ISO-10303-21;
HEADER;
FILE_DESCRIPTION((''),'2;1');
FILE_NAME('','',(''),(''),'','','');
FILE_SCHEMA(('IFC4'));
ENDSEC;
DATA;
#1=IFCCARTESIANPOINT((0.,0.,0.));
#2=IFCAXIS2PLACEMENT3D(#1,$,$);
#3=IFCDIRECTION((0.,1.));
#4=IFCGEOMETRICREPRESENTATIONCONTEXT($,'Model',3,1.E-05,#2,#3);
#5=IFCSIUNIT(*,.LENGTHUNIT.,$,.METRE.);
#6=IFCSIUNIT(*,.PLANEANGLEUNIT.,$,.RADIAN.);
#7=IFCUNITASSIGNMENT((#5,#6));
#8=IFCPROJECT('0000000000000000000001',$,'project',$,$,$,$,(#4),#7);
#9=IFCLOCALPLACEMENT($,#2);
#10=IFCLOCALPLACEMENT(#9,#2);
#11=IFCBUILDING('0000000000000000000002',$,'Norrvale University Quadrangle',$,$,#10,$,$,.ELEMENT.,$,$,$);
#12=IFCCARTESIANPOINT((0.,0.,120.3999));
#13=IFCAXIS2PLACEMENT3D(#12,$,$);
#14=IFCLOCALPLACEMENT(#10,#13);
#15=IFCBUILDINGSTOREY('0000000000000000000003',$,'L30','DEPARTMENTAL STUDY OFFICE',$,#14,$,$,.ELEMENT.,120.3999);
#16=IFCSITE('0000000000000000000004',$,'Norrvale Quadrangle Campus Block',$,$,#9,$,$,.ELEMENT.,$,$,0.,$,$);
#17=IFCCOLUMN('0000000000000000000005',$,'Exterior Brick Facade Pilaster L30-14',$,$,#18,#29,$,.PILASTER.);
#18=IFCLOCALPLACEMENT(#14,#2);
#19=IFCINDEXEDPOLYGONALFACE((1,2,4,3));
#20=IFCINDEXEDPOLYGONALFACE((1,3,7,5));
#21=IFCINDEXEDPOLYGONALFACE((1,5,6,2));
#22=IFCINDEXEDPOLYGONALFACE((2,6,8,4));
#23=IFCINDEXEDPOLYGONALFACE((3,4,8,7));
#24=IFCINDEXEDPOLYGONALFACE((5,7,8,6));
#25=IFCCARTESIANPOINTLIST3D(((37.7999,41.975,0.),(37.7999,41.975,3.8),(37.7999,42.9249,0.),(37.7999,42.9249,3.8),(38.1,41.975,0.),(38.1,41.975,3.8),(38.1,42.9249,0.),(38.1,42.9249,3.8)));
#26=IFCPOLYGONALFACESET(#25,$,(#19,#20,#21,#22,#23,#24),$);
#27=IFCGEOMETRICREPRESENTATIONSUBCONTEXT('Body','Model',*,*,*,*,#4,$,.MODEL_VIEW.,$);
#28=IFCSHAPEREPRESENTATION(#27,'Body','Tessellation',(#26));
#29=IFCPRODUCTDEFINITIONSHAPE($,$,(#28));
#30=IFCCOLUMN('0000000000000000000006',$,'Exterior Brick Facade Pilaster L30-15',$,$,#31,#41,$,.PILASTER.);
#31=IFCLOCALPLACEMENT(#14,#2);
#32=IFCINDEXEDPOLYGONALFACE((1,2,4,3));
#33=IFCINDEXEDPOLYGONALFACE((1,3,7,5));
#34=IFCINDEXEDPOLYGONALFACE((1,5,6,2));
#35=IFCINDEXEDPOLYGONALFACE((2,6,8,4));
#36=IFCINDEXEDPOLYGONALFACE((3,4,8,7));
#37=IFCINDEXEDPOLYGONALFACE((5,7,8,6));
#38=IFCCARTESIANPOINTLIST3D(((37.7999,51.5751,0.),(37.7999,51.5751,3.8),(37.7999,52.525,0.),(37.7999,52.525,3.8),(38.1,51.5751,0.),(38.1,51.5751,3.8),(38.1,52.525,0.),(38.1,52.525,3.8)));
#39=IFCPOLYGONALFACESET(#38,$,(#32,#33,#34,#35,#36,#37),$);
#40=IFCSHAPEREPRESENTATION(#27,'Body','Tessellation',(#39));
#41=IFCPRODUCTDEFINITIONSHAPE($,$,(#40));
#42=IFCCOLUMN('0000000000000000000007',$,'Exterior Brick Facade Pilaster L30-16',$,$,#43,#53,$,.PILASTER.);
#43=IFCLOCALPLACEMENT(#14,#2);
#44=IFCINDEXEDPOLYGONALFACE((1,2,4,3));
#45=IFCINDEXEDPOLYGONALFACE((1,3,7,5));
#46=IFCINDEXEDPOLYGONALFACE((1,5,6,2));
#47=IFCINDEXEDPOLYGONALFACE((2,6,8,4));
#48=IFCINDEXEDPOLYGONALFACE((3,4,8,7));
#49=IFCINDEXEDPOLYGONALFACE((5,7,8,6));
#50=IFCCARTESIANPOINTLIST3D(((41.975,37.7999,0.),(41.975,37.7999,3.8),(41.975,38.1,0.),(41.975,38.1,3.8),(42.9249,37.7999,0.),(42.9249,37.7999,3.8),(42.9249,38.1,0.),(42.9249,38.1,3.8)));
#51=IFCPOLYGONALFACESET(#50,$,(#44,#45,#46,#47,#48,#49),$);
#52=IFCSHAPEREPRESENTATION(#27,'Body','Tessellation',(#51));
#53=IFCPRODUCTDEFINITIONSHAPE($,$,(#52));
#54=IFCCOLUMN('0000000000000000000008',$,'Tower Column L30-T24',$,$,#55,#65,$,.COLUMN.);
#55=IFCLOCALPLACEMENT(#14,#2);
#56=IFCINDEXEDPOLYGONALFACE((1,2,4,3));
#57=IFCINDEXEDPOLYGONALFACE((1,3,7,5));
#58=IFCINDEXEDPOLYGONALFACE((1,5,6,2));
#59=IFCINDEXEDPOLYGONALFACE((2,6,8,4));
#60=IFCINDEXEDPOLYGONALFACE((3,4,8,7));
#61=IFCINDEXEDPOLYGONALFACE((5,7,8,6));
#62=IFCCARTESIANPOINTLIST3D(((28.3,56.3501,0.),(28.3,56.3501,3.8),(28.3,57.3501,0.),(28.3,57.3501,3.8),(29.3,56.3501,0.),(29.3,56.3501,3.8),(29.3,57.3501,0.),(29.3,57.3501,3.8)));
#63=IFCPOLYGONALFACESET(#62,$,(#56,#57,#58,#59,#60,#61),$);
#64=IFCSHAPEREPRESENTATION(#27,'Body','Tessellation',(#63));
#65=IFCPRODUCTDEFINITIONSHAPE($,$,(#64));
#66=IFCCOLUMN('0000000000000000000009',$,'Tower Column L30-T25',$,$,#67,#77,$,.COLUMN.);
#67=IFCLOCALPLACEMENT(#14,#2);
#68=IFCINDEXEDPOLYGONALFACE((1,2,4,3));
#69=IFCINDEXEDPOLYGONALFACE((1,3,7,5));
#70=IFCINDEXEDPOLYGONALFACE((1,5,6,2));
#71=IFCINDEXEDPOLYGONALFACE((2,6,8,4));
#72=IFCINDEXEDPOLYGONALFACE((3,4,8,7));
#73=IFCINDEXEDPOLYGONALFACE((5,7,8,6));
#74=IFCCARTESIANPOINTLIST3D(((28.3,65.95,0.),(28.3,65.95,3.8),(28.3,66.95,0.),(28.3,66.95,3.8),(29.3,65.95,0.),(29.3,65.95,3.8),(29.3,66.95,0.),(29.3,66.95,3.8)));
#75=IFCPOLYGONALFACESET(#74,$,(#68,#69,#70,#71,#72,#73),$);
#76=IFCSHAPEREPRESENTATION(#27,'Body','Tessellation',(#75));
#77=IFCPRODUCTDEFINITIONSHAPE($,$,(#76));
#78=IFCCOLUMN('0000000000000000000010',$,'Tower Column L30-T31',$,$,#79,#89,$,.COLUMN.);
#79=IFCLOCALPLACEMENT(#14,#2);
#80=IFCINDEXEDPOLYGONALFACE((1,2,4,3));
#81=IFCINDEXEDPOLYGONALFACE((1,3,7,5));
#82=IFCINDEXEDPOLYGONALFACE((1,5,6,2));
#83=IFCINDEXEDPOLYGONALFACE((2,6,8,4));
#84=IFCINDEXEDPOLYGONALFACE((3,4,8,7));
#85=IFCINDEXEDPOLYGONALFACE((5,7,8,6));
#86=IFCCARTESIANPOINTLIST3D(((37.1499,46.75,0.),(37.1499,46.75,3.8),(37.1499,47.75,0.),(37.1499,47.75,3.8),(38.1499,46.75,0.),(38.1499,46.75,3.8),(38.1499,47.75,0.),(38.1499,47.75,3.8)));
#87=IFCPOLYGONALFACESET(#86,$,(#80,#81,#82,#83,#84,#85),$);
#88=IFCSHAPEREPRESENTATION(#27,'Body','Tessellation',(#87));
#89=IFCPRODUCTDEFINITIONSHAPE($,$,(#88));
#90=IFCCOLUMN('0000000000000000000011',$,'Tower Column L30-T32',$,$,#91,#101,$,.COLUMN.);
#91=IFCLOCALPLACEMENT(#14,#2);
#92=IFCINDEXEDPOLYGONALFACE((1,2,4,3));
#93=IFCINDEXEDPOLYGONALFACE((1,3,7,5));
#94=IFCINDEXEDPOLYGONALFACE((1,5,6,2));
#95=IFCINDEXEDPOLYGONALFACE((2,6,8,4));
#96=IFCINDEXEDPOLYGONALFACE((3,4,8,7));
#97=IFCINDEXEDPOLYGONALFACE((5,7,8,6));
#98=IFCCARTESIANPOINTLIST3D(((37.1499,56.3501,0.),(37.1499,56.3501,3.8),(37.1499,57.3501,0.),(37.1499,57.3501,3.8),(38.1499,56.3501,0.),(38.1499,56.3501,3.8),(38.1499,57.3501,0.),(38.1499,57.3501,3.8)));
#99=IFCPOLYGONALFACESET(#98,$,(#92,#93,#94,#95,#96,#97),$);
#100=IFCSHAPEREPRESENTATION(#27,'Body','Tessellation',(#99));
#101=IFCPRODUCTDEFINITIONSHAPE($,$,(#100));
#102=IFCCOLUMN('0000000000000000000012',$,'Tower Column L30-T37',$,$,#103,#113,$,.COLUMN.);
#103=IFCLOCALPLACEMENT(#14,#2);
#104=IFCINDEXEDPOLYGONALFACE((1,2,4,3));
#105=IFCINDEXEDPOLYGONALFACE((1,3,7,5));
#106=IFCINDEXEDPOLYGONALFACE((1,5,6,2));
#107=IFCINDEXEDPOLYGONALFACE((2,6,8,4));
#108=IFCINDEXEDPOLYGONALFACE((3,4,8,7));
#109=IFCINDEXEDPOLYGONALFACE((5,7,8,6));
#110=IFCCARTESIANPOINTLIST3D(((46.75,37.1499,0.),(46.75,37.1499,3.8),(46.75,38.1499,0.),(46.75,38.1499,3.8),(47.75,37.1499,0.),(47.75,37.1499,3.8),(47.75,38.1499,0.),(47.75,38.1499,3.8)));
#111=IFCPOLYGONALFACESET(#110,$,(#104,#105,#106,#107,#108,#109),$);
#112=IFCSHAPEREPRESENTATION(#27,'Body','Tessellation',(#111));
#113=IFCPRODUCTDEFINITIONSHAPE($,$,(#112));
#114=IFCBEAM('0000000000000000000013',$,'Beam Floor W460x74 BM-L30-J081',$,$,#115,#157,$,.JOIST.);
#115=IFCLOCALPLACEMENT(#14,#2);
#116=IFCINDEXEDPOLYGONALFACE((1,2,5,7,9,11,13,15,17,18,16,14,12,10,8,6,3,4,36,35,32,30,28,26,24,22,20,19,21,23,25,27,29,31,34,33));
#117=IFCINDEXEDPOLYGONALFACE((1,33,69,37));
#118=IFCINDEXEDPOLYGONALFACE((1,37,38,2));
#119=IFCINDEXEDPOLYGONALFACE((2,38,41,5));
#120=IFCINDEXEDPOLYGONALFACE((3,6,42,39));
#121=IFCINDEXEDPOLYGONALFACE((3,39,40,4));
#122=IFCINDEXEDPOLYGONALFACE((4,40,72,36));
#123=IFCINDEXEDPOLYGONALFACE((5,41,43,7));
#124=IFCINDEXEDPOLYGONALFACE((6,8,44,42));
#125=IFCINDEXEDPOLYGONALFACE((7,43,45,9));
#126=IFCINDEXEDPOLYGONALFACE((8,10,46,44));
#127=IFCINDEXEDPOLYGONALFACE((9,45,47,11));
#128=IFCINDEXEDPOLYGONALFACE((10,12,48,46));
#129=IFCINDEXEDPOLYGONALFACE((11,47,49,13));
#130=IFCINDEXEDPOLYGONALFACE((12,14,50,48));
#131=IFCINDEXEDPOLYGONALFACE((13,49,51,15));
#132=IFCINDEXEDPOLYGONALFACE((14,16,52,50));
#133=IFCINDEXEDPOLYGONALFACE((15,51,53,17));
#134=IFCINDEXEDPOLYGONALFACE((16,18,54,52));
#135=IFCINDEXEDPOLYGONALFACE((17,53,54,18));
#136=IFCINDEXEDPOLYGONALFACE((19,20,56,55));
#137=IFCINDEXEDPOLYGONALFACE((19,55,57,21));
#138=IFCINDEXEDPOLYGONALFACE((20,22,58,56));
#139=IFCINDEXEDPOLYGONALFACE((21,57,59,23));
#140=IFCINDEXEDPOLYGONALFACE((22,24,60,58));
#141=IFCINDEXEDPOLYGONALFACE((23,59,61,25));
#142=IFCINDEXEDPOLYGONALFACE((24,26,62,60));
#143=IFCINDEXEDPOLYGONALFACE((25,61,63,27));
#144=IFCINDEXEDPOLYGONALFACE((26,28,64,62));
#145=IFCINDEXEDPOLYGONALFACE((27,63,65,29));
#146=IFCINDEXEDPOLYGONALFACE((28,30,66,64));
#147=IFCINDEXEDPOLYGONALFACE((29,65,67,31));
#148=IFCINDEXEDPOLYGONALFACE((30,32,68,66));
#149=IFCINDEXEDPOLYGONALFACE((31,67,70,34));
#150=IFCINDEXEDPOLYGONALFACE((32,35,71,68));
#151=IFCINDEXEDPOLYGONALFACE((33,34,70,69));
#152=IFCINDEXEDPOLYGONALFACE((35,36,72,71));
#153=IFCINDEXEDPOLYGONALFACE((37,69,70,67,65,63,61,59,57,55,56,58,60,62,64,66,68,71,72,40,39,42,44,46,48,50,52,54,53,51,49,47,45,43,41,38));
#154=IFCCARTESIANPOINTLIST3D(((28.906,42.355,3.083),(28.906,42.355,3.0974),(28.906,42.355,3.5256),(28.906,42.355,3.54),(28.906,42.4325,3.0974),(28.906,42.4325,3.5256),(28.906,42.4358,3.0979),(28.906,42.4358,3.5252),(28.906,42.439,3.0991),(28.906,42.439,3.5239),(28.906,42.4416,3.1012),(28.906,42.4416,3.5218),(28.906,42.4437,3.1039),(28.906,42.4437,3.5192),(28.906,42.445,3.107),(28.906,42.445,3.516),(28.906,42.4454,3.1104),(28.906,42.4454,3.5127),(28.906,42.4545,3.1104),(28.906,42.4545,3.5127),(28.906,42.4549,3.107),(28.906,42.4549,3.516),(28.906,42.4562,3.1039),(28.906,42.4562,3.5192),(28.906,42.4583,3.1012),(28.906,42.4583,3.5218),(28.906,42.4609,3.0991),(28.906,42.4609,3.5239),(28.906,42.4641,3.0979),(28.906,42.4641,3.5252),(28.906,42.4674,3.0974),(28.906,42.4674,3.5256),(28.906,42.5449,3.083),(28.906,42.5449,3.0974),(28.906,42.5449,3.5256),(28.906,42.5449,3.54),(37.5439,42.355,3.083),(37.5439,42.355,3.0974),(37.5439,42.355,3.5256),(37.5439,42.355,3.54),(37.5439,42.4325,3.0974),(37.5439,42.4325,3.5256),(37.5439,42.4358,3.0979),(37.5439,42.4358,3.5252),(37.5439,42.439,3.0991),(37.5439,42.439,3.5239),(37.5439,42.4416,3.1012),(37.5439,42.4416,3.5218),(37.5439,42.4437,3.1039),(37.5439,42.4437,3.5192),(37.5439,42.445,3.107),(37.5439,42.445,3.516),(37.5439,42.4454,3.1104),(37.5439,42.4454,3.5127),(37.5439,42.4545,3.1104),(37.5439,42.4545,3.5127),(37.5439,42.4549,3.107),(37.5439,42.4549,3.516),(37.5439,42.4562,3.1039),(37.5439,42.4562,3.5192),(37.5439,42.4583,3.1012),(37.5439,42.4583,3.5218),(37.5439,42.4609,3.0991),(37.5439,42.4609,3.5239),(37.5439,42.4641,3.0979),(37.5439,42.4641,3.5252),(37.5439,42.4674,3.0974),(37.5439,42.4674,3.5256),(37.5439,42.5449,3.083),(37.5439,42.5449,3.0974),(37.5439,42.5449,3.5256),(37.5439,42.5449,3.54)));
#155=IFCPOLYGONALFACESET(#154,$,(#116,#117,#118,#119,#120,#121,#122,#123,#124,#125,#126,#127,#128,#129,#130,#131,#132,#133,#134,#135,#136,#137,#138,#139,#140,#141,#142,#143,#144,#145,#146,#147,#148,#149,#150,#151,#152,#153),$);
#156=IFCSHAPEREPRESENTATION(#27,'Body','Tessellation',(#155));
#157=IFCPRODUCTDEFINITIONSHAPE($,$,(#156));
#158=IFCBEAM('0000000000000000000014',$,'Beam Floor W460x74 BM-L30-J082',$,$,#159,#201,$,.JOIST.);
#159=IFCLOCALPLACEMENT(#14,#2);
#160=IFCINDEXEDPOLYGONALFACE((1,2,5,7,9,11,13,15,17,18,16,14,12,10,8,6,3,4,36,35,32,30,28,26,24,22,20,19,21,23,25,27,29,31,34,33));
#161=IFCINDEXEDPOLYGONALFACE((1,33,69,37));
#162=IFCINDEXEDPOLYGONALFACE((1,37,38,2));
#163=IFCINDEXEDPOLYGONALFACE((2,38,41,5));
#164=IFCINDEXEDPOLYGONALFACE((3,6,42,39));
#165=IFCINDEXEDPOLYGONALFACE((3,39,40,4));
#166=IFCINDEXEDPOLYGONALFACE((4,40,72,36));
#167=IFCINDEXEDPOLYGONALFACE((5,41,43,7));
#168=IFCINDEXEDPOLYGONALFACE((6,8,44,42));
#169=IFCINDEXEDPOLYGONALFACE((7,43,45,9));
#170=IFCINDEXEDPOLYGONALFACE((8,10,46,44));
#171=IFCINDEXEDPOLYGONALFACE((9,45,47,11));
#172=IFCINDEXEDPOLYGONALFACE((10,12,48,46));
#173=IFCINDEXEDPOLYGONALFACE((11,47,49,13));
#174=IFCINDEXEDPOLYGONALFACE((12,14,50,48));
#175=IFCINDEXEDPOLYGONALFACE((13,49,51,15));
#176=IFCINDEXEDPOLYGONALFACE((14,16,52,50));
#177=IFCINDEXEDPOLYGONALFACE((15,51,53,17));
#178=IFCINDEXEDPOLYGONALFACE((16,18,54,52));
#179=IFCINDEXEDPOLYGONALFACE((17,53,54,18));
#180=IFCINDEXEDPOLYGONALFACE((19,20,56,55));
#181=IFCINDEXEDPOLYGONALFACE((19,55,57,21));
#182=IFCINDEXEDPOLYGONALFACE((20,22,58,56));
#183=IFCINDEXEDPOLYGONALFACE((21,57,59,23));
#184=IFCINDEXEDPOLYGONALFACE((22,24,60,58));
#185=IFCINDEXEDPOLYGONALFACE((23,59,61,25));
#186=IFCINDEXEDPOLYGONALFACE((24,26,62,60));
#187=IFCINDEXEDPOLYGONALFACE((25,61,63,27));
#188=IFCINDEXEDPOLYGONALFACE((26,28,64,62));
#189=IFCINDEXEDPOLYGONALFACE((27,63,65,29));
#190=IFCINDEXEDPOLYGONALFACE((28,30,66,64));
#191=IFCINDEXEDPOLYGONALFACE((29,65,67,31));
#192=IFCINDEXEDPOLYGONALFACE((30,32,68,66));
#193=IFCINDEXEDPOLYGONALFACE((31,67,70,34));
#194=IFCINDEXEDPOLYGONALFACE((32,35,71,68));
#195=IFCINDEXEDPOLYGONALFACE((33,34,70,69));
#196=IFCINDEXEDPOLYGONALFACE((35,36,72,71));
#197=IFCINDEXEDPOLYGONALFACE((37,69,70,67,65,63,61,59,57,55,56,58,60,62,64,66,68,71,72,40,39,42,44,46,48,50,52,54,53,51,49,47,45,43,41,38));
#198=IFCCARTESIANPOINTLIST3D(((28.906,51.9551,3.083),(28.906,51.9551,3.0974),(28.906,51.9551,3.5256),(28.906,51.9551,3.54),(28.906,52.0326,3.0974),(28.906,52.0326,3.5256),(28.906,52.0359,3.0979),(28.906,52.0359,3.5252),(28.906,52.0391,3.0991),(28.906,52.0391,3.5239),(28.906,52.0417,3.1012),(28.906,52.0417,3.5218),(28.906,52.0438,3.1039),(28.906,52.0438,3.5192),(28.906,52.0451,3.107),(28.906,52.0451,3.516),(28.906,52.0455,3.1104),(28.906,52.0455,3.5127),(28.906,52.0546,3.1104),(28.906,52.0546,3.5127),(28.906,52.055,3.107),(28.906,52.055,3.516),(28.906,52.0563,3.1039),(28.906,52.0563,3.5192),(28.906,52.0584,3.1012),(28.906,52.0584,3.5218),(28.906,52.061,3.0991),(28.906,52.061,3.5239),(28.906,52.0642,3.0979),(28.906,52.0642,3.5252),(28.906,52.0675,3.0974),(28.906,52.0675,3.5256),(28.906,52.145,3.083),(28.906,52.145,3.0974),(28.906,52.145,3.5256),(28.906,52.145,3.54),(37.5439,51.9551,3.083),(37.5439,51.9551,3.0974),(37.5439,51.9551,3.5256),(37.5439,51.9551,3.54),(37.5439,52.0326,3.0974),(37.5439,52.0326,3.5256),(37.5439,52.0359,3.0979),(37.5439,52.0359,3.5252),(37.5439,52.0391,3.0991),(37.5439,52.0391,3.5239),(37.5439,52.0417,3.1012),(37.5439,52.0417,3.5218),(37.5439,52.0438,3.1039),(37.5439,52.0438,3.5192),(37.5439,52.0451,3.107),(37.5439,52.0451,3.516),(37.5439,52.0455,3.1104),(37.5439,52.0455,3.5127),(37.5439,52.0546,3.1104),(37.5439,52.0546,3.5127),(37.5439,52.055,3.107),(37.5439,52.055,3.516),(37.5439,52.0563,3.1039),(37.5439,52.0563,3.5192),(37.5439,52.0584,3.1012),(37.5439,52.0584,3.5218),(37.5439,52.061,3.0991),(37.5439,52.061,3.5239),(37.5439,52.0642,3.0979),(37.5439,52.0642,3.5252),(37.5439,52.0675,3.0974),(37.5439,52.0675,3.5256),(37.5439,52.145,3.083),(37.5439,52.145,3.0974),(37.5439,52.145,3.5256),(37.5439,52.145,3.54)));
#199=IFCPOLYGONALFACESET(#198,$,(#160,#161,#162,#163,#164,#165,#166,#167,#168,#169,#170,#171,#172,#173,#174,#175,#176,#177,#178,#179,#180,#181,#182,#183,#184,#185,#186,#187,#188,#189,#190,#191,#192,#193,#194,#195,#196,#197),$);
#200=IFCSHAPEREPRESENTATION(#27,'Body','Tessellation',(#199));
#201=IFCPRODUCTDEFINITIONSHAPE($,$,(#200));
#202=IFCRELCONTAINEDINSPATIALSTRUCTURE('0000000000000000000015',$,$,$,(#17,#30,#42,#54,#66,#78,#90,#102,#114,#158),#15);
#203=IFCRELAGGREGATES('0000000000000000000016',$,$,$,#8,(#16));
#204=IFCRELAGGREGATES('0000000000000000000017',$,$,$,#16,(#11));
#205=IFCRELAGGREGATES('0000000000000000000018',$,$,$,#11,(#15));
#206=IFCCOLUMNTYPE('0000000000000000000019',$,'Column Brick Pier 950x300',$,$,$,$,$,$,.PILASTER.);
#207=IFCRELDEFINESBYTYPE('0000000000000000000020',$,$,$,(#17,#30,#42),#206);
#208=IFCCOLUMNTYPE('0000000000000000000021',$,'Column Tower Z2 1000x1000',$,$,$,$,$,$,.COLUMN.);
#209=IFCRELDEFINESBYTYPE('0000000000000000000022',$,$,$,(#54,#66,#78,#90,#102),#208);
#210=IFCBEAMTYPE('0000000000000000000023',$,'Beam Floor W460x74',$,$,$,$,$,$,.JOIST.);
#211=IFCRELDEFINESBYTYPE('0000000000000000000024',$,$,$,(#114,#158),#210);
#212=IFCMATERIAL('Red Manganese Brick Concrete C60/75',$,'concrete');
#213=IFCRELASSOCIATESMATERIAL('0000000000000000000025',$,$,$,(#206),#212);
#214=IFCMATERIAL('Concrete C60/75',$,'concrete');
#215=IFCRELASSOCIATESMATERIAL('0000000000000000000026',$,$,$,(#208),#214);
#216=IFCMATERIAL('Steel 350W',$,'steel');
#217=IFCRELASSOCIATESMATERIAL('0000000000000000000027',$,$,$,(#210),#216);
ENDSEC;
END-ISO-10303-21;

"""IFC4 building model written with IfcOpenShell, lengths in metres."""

from ifc_helpers import new_model, si_unit, direction, frame, origin, origin_2d, place, context, subcontext, project, spatial, rectangle, i_section, extrude, material, material_profile, profile_set, type_object, element, save


model = new_model("IFC4")

# Units and contexts
model_context = context("Model", 3, precision=1e-05, world=origin(), true_north=direction((0.0, 1.0)))
body_context = subcontext(model_context, "Body", "Model", "MODEL_VIEW")
ifc_project = project(units=[si_unit("LENGTHUNIT", "METRE"), si_unit("PLANEANGLEUNIT", "RADIAN")], contexts=[model_context])

# Site, building, storey
site_placement = place(None, origin())
site = spatial("IfcSite", under=ifc_project, at=site_placement, Name="Norrvale Quadrangle Campus Block", CompositionType="ELEMENT", RefElevation=0.0)
building_placement = place(site_placement, origin())
building = spatial("IfcBuilding", under=site, at=building_placement, Name="Norrvale University Quadrangle", CompositionType="ELEMENT")
storey_placement = place(building_placement, frame((0.0, 0.0, 120.3999)))
storey = spatial("IfcBuildingStorey", under=building, at=storey_placement, Name="L30", Description="DEPARTMENTAL STUDY OFFICE", CompositionType="ELEMENT", Elevation=120.3999)

# Columns
ifc_material_1 = material(Name="Red Manganese Brick Concrete C60/75", Category="concrete")
ifc_material_profile_1 = material_profile(ifc_material_1, rectangle(XDim=0.95, YDim=0.3, at=origin_2d()), Name="Red Manganese Brick Concrete C60/75")
ifc_profile_set_1 = profile_set([ifc_material_profile_1], Name="Red Manganese Brick Concrete C60/75")
column_type_1 = type_object("IfcColumnType", Name="Column Brick Pier 950x300", PredefinedType="PILASTER", material=ifc_profile_set_1)
for number, where, z_axis, x_axis, name in (
    (1, (37.95, 42.45, 0.0), (0.0, 0.0, 1.0), (0.0, 1.0, 0.0), "Exterior Brick Facade Pilaster L30-14"),
    (2, (37.95, 52.05, 0.0), (0.0, 0.0, 1.0), (0.0, 1.0, 0.0), "Exterior Brick Facade Pilaster L30-15"),
    (3, (42.45, 37.95, 0.0), (0.0, 0.0, 1.0), (1.0, 0.0, 0.0), "Exterior Brick Facade Pilaster L30-16"),
):
    element("IfcColumn", number, at=place(storey_placement, frame(where, z_axis=z_axis, x_axis=x_axis)), inside=storey, type_object=column_type_1, Name=name, PredefinedType="PILASTER", context=body_context, shape_type="SweptSolid", body=[
        extrude(rectangle(XDim=0.95, YDim=0.3, at=origin_2d()), origin(), (0.0, 0.0, 1.0), 3.8),
    ])
ifc_material_2 = material(Name="Concrete C60/75", Category="concrete")
ifc_material_profile_2 = material_profile(ifc_material_2, rectangle(XDim=1.0, YDim=1.0, at=origin_2d()), Name="Concrete C60/75")
ifc_profile_set_2 = profile_set([ifc_material_profile_2], Name="Concrete C60/75")
column_type_2 = type_object("IfcColumnType", Name="Column Tower Z2 1000x1000", PredefinedType="COLUMN", material=ifc_profile_set_2)
for number, where, z_axis, x_axis, name in (
    (4, (28.8, 56.8501, 0.0), (0.0, 0.0, 1.0), (1.0, 0.0, 0.0), "Tower Column L30-T24"),
    (5, (28.8, 66.45, 0.0), (0.0, 0.0, 1.0), (1.0, 0.0, 0.0), "Tower Column L30-T25"),
    (6, (37.6499, 47.25, 0.0), (0.0, 0.0, 1.0), (1.0, 0.0, 0.0), "Tower Column L30-T31"),
    (7, (37.6499, 56.8501, 0.0), (0.0, 0.0, 1.0), (1.0, 0.0, 0.0), "Tower Column L30-T32"),
    (8, (47.25, 37.6499, 0.0), (0.0, 0.0, 1.0), (1.0, 0.0, 0.0), "Tower Column L30-T37"),
):
    element("IfcColumn", number, at=place(storey_placement, frame(where, z_axis=z_axis, x_axis=x_axis)), inside=storey, type_object=column_type_2, Name=name, PredefinedType="COLUMN", context=body_context, shape_type="SweptSolid", body=[
        extrude(rectangle(XDim=1.0, YDim=1.0, at=origin_2d()), origin(), (0.0, 0.0, 1.0), 3.8),
    ])

# Beams
ifc_material_3 = material(Name="Steel 350W", Category="steel")
ifc_material_profile_3 = material_profile(ifc_material_3, i_section(OverallWidth=0.1899, OverallDepth=0.457, WebThickness=0.009, FlangeThickness=0.0144, FilletRadius=0.0129, at=origin_2d()), Name="Steel 350W")
ifc_profile_set_3 = profile_set([ifc_material_profile_3], Name="Steel 350W")
beam_type_1 = type_object("IfcBeamType", Name="Beam Floor W460x74", PredefinedType="JOIST", material=ifc_profile_set_3)
for number, where, z_axis, x_axis, name in (
    (9, (28.906, 42.45, 3.3115), (1.0, 0.0, 0.0), (0.0, 1.0, 0.0), "Beam Floor W460x74 BM-L30-J081"),
    (10, (28.906, 52.05, 3.3115), (1.0, 0.0, 0.0), (0.0, 1.0, 0.0), "Beam Floor W460x74 BM-L30-J082"),
):
    element("IfcBeam", number, at=place(storey_placement, frame(where, z_axis=z_axis, x_axis=x_axis)), inside=storey, type_object=beam_type_1, Name=name, PredefinedType="JOIST", context=body_context, shape_type="SweptSolid", body=[
        extrude(i_section(OverallWidth=0.1899, OverallDepth=0.457, WebThickness=0.009, FlangeThickness=0.0144, FilletRadius=0.0129, at=origin_2d()), origin(), (0.0, 0.0, 1.0), 8.6379),
    ])

save(model, "model.ifc")
